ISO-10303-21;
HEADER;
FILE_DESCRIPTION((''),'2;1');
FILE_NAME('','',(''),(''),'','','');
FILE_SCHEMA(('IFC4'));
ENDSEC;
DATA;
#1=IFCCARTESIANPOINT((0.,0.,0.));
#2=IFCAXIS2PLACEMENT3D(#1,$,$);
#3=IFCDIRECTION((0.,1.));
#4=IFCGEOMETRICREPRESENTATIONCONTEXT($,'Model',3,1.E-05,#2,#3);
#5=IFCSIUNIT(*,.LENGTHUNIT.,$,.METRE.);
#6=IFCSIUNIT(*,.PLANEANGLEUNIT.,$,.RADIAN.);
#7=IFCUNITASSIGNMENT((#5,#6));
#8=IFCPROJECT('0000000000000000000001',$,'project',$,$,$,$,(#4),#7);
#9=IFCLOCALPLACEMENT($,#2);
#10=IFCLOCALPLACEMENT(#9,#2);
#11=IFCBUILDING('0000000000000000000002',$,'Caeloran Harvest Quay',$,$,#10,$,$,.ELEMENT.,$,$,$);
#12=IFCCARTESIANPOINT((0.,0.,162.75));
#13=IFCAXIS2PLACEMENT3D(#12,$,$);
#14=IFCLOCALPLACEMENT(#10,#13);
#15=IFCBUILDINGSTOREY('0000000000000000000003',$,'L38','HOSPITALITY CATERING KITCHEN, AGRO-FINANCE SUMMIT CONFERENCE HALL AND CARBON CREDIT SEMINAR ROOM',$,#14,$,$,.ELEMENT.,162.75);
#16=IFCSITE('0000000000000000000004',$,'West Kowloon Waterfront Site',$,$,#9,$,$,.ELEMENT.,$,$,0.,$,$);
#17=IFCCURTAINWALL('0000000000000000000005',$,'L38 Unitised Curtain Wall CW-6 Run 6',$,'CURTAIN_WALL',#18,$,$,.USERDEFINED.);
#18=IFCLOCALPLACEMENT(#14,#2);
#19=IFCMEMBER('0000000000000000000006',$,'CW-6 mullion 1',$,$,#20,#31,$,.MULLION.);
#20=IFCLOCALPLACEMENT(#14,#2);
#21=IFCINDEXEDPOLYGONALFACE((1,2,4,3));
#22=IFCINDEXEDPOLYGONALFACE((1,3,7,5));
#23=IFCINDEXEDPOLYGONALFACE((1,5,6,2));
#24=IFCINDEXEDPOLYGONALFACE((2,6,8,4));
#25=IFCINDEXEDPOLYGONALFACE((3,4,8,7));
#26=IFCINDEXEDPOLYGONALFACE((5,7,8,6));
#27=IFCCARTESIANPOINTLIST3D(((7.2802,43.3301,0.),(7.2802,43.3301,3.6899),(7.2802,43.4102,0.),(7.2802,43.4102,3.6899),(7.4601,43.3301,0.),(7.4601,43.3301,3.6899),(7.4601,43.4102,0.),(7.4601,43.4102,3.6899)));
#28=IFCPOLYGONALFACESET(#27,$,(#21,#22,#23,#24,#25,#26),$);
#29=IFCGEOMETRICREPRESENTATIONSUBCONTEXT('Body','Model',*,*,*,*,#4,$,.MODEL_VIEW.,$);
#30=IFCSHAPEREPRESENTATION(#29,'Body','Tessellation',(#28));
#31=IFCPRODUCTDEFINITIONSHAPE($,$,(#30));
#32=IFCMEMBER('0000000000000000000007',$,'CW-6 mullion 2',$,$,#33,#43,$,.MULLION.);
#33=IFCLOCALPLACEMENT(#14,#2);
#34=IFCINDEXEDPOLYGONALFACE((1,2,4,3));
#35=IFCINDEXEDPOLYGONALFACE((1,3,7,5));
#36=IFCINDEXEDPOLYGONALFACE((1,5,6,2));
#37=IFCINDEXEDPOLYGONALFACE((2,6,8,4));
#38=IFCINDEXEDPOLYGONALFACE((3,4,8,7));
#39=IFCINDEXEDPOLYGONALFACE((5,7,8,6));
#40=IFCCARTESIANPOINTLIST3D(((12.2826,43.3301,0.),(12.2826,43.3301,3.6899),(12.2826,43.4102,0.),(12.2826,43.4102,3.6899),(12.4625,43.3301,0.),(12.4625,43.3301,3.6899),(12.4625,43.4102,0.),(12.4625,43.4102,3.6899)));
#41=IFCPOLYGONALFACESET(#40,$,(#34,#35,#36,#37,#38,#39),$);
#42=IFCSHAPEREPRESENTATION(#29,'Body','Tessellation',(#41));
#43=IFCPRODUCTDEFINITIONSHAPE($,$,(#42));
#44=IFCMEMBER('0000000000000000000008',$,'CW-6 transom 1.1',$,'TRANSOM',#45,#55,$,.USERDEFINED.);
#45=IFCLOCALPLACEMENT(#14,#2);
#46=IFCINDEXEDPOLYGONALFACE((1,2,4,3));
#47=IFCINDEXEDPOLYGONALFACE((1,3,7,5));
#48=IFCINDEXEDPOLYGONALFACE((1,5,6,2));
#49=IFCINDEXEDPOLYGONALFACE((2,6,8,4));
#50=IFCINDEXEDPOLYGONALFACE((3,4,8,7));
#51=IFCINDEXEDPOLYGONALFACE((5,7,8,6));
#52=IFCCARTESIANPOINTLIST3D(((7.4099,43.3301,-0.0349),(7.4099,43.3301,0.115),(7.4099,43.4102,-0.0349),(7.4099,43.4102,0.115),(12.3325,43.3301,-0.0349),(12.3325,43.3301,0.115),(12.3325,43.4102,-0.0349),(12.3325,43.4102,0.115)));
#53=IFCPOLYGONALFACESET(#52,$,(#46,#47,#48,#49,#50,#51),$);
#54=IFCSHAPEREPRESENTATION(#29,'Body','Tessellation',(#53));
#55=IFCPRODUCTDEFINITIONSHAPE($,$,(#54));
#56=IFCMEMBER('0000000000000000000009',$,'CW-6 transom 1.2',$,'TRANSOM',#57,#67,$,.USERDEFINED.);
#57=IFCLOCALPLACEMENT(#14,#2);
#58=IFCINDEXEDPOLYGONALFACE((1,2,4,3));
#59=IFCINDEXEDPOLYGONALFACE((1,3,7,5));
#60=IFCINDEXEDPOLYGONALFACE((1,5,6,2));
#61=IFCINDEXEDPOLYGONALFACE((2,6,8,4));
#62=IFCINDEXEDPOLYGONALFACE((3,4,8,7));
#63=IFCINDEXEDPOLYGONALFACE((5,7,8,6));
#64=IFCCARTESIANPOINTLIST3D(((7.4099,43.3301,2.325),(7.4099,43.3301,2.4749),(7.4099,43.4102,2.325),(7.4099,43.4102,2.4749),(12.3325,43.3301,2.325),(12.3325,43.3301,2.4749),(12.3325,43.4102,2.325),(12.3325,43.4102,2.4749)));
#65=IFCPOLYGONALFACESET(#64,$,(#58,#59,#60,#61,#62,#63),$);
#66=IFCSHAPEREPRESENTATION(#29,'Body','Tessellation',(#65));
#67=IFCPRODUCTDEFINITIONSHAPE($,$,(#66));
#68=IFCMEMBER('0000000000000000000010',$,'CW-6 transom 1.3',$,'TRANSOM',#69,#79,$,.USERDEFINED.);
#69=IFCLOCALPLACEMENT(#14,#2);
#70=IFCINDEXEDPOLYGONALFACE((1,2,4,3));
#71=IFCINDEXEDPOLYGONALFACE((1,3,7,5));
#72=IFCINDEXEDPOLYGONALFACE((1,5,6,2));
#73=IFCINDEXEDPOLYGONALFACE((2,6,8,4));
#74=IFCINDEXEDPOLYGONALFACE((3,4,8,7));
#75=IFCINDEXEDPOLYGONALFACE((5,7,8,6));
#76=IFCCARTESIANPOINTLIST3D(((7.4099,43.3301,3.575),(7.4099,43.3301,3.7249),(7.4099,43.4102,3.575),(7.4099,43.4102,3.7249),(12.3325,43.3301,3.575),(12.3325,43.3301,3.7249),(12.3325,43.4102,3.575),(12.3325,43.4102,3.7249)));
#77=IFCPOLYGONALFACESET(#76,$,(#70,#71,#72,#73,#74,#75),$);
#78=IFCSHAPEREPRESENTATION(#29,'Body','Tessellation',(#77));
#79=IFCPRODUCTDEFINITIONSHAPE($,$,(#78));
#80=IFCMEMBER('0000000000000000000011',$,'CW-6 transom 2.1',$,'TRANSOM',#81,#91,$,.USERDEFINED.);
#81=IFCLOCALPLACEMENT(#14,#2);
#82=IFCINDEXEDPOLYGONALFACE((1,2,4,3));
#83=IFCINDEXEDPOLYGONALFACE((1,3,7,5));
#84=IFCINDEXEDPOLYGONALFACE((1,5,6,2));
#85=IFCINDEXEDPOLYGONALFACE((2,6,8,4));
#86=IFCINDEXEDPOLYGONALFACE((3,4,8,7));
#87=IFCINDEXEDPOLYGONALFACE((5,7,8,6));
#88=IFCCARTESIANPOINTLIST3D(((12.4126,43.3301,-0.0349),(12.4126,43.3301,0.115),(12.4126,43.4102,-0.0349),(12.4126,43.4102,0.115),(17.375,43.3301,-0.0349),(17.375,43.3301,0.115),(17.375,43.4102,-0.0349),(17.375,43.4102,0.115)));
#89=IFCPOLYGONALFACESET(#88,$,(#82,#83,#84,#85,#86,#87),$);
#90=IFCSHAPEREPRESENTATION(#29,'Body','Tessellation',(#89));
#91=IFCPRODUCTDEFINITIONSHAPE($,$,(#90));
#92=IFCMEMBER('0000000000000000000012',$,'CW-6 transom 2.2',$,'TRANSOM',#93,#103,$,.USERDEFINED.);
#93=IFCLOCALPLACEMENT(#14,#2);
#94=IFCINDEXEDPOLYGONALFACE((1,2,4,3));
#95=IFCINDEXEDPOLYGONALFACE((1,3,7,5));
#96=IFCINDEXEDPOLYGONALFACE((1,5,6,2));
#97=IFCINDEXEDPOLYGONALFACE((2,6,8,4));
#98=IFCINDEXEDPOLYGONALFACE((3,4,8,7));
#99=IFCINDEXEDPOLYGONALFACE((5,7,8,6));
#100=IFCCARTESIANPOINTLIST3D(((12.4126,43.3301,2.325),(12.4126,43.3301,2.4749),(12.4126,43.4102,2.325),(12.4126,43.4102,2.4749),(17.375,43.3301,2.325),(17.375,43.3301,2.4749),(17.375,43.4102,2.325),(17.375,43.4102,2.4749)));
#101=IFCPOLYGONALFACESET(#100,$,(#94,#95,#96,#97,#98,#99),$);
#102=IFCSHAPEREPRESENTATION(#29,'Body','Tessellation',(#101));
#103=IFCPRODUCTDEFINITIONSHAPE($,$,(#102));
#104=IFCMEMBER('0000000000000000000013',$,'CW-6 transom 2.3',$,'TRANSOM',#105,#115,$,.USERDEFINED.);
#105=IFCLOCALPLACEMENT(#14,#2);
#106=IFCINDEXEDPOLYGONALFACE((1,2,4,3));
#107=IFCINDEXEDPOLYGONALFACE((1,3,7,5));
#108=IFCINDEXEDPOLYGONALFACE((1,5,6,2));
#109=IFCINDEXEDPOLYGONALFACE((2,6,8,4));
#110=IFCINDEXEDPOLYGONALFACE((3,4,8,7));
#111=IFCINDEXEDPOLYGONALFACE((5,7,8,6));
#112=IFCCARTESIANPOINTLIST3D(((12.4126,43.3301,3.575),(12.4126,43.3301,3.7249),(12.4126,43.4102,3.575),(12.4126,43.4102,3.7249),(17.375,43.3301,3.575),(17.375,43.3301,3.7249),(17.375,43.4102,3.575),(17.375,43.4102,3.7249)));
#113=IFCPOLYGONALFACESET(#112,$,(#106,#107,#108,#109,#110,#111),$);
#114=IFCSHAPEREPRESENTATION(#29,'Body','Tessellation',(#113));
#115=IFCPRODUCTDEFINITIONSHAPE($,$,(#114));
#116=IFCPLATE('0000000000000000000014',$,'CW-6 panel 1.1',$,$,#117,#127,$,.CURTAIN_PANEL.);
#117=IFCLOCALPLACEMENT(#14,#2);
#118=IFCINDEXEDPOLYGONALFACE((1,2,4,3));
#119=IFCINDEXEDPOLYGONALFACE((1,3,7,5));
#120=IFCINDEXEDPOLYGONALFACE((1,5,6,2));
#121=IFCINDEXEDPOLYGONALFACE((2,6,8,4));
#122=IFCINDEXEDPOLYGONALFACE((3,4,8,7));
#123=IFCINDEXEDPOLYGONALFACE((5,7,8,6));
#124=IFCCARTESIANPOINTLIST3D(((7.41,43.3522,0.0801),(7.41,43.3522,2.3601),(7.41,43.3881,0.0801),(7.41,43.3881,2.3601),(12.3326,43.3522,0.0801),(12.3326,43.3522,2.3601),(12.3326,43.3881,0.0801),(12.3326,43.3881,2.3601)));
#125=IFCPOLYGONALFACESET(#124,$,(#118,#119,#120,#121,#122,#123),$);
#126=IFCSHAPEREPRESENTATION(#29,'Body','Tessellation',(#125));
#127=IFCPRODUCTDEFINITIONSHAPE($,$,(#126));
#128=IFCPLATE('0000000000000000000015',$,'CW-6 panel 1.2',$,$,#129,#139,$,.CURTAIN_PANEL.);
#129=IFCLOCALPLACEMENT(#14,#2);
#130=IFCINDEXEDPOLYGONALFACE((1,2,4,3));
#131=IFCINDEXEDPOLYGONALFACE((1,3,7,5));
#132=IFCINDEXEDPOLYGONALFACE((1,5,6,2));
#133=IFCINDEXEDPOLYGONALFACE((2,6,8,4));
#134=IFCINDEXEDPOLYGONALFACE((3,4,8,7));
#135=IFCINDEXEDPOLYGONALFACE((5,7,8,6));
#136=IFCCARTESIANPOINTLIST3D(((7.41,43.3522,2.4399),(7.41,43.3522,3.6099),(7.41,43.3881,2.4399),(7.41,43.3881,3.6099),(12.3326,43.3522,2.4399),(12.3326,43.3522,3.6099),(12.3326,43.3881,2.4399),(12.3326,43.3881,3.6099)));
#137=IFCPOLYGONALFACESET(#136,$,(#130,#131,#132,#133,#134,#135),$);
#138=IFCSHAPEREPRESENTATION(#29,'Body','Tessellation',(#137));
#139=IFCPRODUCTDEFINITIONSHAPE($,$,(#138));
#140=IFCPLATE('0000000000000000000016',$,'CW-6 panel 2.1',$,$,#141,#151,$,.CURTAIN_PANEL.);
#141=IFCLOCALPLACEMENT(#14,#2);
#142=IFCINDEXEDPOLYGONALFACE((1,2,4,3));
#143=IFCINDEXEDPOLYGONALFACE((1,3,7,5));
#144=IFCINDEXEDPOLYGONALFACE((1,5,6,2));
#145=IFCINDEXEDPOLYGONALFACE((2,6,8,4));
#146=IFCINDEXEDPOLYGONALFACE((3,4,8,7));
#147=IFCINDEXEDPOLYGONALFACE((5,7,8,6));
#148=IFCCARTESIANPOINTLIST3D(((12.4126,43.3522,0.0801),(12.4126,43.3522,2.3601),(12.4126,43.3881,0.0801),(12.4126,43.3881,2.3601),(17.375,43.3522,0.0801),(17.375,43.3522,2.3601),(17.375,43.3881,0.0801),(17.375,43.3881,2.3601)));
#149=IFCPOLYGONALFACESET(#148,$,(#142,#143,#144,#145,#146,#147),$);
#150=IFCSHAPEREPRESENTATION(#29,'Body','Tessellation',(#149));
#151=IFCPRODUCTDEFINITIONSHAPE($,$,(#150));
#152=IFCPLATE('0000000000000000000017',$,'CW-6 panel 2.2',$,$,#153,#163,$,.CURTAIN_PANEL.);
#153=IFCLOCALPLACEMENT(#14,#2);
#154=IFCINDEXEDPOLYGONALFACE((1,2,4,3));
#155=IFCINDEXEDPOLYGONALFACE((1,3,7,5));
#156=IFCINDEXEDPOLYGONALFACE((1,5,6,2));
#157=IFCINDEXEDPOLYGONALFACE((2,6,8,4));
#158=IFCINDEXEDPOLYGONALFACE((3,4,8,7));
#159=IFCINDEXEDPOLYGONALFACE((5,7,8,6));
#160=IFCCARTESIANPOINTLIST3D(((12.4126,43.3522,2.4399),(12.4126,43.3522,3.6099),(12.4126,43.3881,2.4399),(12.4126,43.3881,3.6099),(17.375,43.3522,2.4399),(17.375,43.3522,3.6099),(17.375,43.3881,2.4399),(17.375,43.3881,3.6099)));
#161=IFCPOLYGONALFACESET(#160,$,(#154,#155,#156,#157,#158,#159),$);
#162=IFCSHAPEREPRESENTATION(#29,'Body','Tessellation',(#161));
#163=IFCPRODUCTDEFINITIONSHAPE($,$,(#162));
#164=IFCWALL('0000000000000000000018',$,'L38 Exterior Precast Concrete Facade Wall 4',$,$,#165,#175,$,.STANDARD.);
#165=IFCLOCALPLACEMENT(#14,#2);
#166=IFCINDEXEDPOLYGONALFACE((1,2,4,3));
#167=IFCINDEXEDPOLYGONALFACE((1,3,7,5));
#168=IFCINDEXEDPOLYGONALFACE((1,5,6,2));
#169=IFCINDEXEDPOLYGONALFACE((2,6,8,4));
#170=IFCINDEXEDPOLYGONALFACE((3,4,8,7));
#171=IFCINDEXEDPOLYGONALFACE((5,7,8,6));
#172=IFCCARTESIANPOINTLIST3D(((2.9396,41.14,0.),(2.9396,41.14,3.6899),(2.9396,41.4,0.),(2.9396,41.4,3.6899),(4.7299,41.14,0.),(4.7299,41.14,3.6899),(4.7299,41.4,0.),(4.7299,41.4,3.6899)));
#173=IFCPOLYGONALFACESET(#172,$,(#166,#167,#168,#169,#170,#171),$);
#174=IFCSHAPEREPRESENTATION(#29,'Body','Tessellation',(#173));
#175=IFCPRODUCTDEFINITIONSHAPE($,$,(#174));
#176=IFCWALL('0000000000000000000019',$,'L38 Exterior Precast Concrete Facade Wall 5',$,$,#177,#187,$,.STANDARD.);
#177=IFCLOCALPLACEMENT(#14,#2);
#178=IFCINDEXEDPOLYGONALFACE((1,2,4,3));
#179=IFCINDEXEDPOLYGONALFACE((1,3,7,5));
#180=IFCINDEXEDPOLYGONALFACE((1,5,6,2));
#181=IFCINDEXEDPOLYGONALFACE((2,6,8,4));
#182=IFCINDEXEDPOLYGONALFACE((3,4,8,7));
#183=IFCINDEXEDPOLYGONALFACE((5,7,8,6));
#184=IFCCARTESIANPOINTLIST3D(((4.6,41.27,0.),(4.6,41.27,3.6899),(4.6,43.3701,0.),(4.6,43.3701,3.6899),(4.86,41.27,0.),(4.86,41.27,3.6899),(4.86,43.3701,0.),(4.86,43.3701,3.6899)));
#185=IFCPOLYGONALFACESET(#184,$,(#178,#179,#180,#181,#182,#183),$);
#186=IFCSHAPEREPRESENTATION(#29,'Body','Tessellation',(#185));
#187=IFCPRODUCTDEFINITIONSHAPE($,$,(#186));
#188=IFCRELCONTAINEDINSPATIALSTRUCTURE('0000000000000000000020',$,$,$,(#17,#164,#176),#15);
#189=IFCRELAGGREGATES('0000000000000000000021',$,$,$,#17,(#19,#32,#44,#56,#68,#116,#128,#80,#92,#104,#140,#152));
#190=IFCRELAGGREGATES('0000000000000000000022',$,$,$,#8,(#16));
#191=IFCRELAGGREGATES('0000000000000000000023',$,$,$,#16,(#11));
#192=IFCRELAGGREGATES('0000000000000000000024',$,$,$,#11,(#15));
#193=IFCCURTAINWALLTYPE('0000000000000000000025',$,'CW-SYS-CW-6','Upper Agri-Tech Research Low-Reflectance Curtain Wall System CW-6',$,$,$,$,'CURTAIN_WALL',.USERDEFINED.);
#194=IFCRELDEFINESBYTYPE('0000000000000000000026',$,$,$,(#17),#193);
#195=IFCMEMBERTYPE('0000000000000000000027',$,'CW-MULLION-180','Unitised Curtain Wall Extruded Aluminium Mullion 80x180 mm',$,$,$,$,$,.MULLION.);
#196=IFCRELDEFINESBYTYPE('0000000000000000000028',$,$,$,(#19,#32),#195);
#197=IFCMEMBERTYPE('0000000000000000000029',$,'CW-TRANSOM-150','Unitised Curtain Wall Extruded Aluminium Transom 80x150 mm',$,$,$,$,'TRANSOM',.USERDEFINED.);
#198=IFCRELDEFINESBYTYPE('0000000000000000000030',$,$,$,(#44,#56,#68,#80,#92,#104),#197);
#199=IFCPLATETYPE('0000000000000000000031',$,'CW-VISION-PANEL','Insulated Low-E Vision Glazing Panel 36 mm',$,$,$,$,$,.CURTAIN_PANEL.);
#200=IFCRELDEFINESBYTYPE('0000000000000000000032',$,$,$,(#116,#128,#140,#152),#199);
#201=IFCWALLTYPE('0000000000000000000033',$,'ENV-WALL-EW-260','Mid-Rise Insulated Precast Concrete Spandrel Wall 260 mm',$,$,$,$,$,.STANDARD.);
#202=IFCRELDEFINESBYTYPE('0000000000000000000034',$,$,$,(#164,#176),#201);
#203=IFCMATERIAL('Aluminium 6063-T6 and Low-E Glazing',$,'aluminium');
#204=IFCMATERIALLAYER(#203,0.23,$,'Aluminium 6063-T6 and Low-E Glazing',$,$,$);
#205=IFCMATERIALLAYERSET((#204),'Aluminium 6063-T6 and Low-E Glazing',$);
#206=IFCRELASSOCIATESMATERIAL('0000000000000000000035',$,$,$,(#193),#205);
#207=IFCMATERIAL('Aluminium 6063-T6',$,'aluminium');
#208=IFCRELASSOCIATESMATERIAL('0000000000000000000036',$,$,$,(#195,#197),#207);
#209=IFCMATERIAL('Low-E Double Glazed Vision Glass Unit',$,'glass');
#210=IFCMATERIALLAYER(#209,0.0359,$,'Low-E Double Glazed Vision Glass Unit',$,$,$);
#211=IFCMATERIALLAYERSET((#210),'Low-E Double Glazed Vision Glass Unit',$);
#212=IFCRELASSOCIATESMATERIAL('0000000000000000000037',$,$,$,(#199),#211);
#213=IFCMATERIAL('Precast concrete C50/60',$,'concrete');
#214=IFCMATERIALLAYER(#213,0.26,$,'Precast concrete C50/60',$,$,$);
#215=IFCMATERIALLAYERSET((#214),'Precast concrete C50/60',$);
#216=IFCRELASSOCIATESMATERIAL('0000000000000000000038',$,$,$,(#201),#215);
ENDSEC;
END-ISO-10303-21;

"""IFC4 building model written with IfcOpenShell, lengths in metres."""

from ifc_helpers import new_model, si_unit, direction, frame, frame_2d, origin, origin_2d, place, context, subcontext, project, spatial, rectangle, extrude, material, layer, layer_set, material_profile, profile_set, type_object, element, aggregate, save


model = new_model("IFC4")

# Units and contexts
model_context = context("Model", 3, precision=1e-05, world=origin(), true_north=direction((0.0, 1.0)))
body_context = subcontext(model_context, "Body", "Model", "MODEL_VIEW")
ifc_project = project(units=[si_unit("LENGTHUNIT", "METRE"), si_unit("PLANEANGLEUNIT", "RADIAN")], contexts=[model_context])

# Site, building, storey
site_placement = place(None, origin())
site = spatial("IfcSite", under=ifc_project, at=site_placement, Name="West Kowloon Waterfront Site", CompositionType="ELEMENT", RefElevation=0.0)
building_placement = place(site_placement, origin())
building = spatial("IfcBuilding", under=site, at=building_placement, Name="Caeloran Harvest Quay", CompositionType="ELEMENT")
storey_placement = place(building_placement, frame((0.0, 0.0, 162.75)))
storey = spatial("IfcBuildingStorey", under=building, at=storey_placement, Name="L38", Description="HOSPITALITY CATERING KITCHEN, AGRO-FINANCE SUMMIT CONFERENCE HALL AND CARBON CREDIT SEMINAR ROOM", CompositionType="ELEMENT", Elevation=162.75)

# Curtain wall, members, plates
ifc_material_1 = material(Name="Aluminium 6063-T6 and Low-E Glazing", Category="aluminium")
ifc_layer_1 = layer(ifc_material_1, 0.23, Name="Aluminium 6063-T6 and Low-E Glazing")
ifc_layer_set_1 = layer_set([ifc_layer_1], Name="Aluminium 6063-T6 and Low-E Glazing")
curtain_wall_type = type_object("IfcCurtainWallType", Name="CW-SYS-CW-6", Description="Upper Agri-Tech Research Low-Reflectance Curtain Wall System CW-6", ElementType="CURTAIN_WALL", PredefinedType="USERDEFINED", material=ifc_layer_set_1)
curtain_wall_placement = place(storey_placement, origin())
curtain_wall = element("IfcCurtainWall", 1, at=curtain_wall_placement, inside=storey, type_object=curtain_wall_type, Name="L38 Unitised Curtain Wall CW-6 Run 6", ObjectType="CURTAIN_WALL", PredefinedType="USERDEFINED")
ifc_material_2 = material(Name="Aluminium 6063-T6", Category="aluminium")
ifc_material_profile_1 = material_profile(ifc_material_2, rectangle(XDim=0.0801, YDim=0.1799, at=origin_2d()), Name="CW-MULLION-180")
ifc_profile_set_1 = profile_set([ifc_material_profile_1], Name="Aluminium 6063-T6")
member_type_1 = type_object("IfcMemberType", Name="CW-MULLION-180", Description="Unitised Curtain Wall Extruded Aluminium Mullion 80x180 mm", PredefinedType="MULLION", material=ifc_profile_set_1)
member_1_placement = place(storey_placement, frame((7.3701, 43.3701, 0.0), z_axis=(0.0, 0.0, 1.0), x_axis=(0.0, 1.0, 0.0)))
member_1 = element("IfcMember", 2, at=member_1_placement, type_object=member_type_1, Name="CW-6 mullion 1", PredefinedType="MULLION", context=body_context, shape_type="SweptSolid", body=[
    extrude(rectangle(XDim=0.0801, YDim=0.1799, at=origin_2d()), origin(), (0.0, 0.0, 1.0), 3.6899),
])
member_2_placement = place(storey_placement, frame((12.3726, 43.3701, 0.0), z_axis=(0.0, 0.0, 1.0), x_axis=(0.0, 1.0, 0.0)))
member_2 = element("IfcMember", 3, at=member_2_placement, type_object=member_type_1, Name="CW-6 mullion 2", PredefinedType="MULLION", context=body_context, shape_type="SweptSolid", body=[
    extrude(rectangle(XDim=0.0801, YDim=0.1799, at=origin_2d()), origin(), (0.0, 0.0, 1.0), 3.6899),
])
ifc_material_profile_2 = material_profile(ifc_material_2, rectangle(XDim=0.0801, YDim=0.1499, at=origin_2d()), Name="CW-TRANSOM-150")
ifc_profile_set_2 = profile_set([ifc_material_profile_2], Name="Aluminium 6063-T6")
member_type_2 = type_object("IfcMemberType", Name="CW-TRANSOM-150", Description="Unitised Curtain Wall Extruded Aluminium Transom 80x150 mm", ElementType="TRANSOM", PredefinedType="USERDEFINED", material=ifc_profile_set_2)
member_3_placement = place(storey_placement, frame((7.4099, 43.3701, 0.04), z_axis=(1.0, 0.0, 0.0), x_axis=(0.0, 1.0, 0.0)))
member_3 = element("IfcMember", 4, at=member_3_placement, type_object=member_type_2, Name="CW-6 transom 1.1", ObjectType="TRANSOM", PredefinedType="USERDEFINED", context=body_context, shape_type="SweptSolid", body=[
    extrude(rectangle(XDim=0.0801, YDim=0.1499, at=origin_2d()), origin(), (0.0, 0.0, 1.0), 4.9226),
])
member_4_placement = place(storey_placement, frame((7.4099, 43.3701, 2.3999), z_axis=(1.0, 0.0, 0.0), x_axis=(0.0, 1.0, 0.0)))
member_4 = element("IfcMember", 5, at=member_4_placement, type_object=member_type_2, Name="CW-6 transom 1.2", ObjectType="TRANSOM", PredefinedType="USERDEFINED", context=body_context, shape_type="SweptSolid", body=[
    extrude(rectangle(XDim=0.0801, YDim=0.1499, at=origin_2d()), origin(), (0.0, 0.0, 1.0), 4.9226),
])
member_5_placement = place(storey_placement, frame((7.4099, 43.3701, 3.6499), z_axis=(1.0, 0.0, 0.0), x_axis=(0.0, 1.0, 0.0)))
member_5 = element("IfcMember", 6, at=member_5_placement, type_object=member_type_2, Name="CW-6 transom 1.3", ObjectType="TRANSOM", PredefinedType="USERDEFINED", context=body_context, shape_type="SweptSolid", body=[
    extrude(rectangle(XDim=0.0801, YDim=0.1499, at=origin_2d()), origin(), (0.0, 0.0, 1.0), 4.9226),
])
member_6_placement = place(storey_placement, frame((12.4126, 43.3701, 0.04), z_axis=(1.0, 0.0, 0.0), x_axis=(0.0, 1.0, 0.0)))
member_6 = element("IfcMember", 7, at=member_6_placement, type_object=member_type_2, Name="CW-6 transom 2.1", ObjectType="TRANSOM", PredefinedType="USERDEFINED", context=body_context, shape_type="SweptSolid", body=[
    extrude(rectangle(XDim=0.0801, YDim=0.1499, at=origin_2d()), origin(), (0.0, 0.0, 1.0), 4.9624),
])
member_7_placement = place(storey_placement, frame((12.4126, 43.3701, 2.3999), z_axis=(1.0, 0.0, 0.0), x_axis=(0.0, 1.0, 0.0)))
member_7 = element("IfcMember", 8, at=member_7_placement, type_object=member_type_2, Name="CW-6 transom 2.2", ObjectType="TRANSOM", PredefinedType="USERDEFINED", context=body_context, shape_type="SweptSolid", body=[
    extrude(rectangle(XDim=0.0801, YDim=0.1499, at=origin_2d()), origin(), (0.0, 0.0, 1.0), 4.9624),
])
member_8_placement = place(storey_placement, frame((12.4126, 43.3701, 3.6499), z_axis=(1.0, 0.0, 0.0), x_axis=(0.0, 1.0, 0.0)))
member_8 = element("IfcMember", 9, at=member_8_placement, type_object=member_type_2, Name="CW-6 transom 2.3", ObjectType="TRANSOM", PredefinedType="USERDEFINED", context=body_context, shape_type="SweptSolid", body=[
    extrude(rectangle(XDim=0.0801, YDim=0.1499, at=origin_2d()), origin(), (0.0, 0.0, 1.0), 4.9624),
])
ifc_material_3 = material(Name="Low-E Double Glazed Vision Glass Unit", Category="glass")
ifc_layer_2 = layer(ifc_material_3, 0.0359, Name="Low-E Double Glazed Vision Glass Unit")
ifc_layer_set_2 = layer_set([ifc_layer_2], Name="Low-E Double Glazed Vision Glass Unit")
plate_type = type_object("IfcPlateType", Name="CW-VISION-PANEL", Description="Insulated Low-E Vision Glazing Panel 36 mm", PredefinedType="CURTAIN_PANEL", material=ifc_layer_set_2)
plate_1_placement = place(storey_placement, frame((9.8713, 43.3701, 0.0801), z_axis=(0.0, 0.0, 1.0), x_axis=(1.0, 0.0, 0.0)))
plate_1 = element("IfcPlate", 10, at=plate_1_placement, type_object=plate_type, Name="CW-6 panel 1.1", PredefinedType="CURTAIN_PANEL", context=body_context, shape_type="SweptSolid", body=[
    extrude(rectangle(XDim=4.9226, YDim=0.0359, at=origin_2d()), origin(), (0.0, 0.0, 1.0), 2.28),
])
plate_2_placement = place(storey_placement, frame((9.8713, 43.3701, 2.4399), z_axis=(0.0, 0.0, 1.0), x_axis=(1.0, 0.0, 0.0)))
plate_2 = element("IfcPlate", 11, at=plate_2_placement, type_object=plate_type, Name="CW-6 panel 1.2", PredefinedType="CURTAIN_PANEL", context=body_context, shape_type="SweptSolid", body=[
    extrude(rectangle(XDim=4.9226, YDim=0.0359, at=origin_2d()), origin(), (0.0, 0.0, 1.0), 1.1699),
])
plate_3_placement = place(storey_placement, frame((14.8938, 43.3701, 0.0801), z_axis=(0.0, 0.0, 1.0), x_axis=(1.0, 0.0, 0.0)))
plate_3 = element("IfcPlate", 12, at=plate_3_placement, type_object=plate_type, Name="CW-6 panel 2.1", PredefinedType="CURTAIN_PANEL", context=body_context, shape_type="SweptSolid", body=[
    extrude(rectangle(XDim=4.9624, YDim=0.0359, at=origin_2d()), origin(), (0.0, 0.0, 1.0), 2.28),
])
plate_4_placement = place(storey_placement, frame((14.8938, 43.3701, 2.4399), z_axis=(0.0, 0.0, 1.0), x_axis=(1.0, 0.0, 0.0)))
plate_4 = element("IfcPlate", 13, at=plate_4_placement, type_object=plate_type, Name="CW-6 panel 2.2", PredefinedType="CURTAIN_PANEL", context=body_context, shape_type="SweptSolid", body=[
    extrude(rectangle(XDim=4.9624, YDim=0.0359, at=origin_2d()), origin(), (0.0, 0.0, 1.0), 1.1699),
])
aggregate(curtain_wall, [member_1, member_2, member_3, member_4, member_5, plate_1, plate_2, member_6, member_7, member_8, plate_3, plate_4])

# Walls
ifc_material_4 = material(Name="Precast concrete C50/60", Category="concrete")
ifc_layer_3 = layer(ifc_material_4, 0.26, Name="Precast concrete C50/60")
ifc_layer_set_3 = layer_set([ifc_layer_3], Name="Precast concrete C50/60")
wall_type_1 = type_object("IfcWallType", Name="ENV-WALL-EW-260", Description="Mid-Rise Insulated Precast Concrete Spandrel Wall 260 mm", PredefinedType="STANDARD", material=ifc_layer_set_3)
wall_1_placement = place(storey_placement, frame((2.9397, 41.27, 0.0), z_axis=(0.0, 0.0, 1.0), x_axis=(1.0, 0.0, 0.0)))
element("IfcWall", 14, at=wall_1_placement, inside=storey, type_object=wall_type_1, Name="L38 Exterior Precast Concrete Facade Wall 4", PredefinedType="STANDARD", context=body_context, shape_type="SweptSolid", body=[
    extrude(rectangle(XDim=1.7903, YDim=0.26, at=frame_2d((0.895, 0.0))), origin(), (0.0, 0.0, 1.0), 3.6899),
])
wall_2_placement = place(storey_placement, frame((4.73, 41.27, 0.0), z_axis=(0.0, 0.0, 1.0), x_axis=(0.0, 1.0, 0.0)))
element("IfcWall", 15, at=wall_2_placement, inside=storey, type_object=wall_type_1, Name="L38 Exterior Precast Concrete Facade Wall 5", PredefinedType="STANDARD", context=body_context, shape_type="SweptSolid", body=[
    extrude(rectangle(XDim=2.1001, YDim=0.26, at=frame_2d((1.05, 0.0))), origin(), (0.0, 0.0, 1.0), 3.6899),
])

save(model, "model.ifc")
